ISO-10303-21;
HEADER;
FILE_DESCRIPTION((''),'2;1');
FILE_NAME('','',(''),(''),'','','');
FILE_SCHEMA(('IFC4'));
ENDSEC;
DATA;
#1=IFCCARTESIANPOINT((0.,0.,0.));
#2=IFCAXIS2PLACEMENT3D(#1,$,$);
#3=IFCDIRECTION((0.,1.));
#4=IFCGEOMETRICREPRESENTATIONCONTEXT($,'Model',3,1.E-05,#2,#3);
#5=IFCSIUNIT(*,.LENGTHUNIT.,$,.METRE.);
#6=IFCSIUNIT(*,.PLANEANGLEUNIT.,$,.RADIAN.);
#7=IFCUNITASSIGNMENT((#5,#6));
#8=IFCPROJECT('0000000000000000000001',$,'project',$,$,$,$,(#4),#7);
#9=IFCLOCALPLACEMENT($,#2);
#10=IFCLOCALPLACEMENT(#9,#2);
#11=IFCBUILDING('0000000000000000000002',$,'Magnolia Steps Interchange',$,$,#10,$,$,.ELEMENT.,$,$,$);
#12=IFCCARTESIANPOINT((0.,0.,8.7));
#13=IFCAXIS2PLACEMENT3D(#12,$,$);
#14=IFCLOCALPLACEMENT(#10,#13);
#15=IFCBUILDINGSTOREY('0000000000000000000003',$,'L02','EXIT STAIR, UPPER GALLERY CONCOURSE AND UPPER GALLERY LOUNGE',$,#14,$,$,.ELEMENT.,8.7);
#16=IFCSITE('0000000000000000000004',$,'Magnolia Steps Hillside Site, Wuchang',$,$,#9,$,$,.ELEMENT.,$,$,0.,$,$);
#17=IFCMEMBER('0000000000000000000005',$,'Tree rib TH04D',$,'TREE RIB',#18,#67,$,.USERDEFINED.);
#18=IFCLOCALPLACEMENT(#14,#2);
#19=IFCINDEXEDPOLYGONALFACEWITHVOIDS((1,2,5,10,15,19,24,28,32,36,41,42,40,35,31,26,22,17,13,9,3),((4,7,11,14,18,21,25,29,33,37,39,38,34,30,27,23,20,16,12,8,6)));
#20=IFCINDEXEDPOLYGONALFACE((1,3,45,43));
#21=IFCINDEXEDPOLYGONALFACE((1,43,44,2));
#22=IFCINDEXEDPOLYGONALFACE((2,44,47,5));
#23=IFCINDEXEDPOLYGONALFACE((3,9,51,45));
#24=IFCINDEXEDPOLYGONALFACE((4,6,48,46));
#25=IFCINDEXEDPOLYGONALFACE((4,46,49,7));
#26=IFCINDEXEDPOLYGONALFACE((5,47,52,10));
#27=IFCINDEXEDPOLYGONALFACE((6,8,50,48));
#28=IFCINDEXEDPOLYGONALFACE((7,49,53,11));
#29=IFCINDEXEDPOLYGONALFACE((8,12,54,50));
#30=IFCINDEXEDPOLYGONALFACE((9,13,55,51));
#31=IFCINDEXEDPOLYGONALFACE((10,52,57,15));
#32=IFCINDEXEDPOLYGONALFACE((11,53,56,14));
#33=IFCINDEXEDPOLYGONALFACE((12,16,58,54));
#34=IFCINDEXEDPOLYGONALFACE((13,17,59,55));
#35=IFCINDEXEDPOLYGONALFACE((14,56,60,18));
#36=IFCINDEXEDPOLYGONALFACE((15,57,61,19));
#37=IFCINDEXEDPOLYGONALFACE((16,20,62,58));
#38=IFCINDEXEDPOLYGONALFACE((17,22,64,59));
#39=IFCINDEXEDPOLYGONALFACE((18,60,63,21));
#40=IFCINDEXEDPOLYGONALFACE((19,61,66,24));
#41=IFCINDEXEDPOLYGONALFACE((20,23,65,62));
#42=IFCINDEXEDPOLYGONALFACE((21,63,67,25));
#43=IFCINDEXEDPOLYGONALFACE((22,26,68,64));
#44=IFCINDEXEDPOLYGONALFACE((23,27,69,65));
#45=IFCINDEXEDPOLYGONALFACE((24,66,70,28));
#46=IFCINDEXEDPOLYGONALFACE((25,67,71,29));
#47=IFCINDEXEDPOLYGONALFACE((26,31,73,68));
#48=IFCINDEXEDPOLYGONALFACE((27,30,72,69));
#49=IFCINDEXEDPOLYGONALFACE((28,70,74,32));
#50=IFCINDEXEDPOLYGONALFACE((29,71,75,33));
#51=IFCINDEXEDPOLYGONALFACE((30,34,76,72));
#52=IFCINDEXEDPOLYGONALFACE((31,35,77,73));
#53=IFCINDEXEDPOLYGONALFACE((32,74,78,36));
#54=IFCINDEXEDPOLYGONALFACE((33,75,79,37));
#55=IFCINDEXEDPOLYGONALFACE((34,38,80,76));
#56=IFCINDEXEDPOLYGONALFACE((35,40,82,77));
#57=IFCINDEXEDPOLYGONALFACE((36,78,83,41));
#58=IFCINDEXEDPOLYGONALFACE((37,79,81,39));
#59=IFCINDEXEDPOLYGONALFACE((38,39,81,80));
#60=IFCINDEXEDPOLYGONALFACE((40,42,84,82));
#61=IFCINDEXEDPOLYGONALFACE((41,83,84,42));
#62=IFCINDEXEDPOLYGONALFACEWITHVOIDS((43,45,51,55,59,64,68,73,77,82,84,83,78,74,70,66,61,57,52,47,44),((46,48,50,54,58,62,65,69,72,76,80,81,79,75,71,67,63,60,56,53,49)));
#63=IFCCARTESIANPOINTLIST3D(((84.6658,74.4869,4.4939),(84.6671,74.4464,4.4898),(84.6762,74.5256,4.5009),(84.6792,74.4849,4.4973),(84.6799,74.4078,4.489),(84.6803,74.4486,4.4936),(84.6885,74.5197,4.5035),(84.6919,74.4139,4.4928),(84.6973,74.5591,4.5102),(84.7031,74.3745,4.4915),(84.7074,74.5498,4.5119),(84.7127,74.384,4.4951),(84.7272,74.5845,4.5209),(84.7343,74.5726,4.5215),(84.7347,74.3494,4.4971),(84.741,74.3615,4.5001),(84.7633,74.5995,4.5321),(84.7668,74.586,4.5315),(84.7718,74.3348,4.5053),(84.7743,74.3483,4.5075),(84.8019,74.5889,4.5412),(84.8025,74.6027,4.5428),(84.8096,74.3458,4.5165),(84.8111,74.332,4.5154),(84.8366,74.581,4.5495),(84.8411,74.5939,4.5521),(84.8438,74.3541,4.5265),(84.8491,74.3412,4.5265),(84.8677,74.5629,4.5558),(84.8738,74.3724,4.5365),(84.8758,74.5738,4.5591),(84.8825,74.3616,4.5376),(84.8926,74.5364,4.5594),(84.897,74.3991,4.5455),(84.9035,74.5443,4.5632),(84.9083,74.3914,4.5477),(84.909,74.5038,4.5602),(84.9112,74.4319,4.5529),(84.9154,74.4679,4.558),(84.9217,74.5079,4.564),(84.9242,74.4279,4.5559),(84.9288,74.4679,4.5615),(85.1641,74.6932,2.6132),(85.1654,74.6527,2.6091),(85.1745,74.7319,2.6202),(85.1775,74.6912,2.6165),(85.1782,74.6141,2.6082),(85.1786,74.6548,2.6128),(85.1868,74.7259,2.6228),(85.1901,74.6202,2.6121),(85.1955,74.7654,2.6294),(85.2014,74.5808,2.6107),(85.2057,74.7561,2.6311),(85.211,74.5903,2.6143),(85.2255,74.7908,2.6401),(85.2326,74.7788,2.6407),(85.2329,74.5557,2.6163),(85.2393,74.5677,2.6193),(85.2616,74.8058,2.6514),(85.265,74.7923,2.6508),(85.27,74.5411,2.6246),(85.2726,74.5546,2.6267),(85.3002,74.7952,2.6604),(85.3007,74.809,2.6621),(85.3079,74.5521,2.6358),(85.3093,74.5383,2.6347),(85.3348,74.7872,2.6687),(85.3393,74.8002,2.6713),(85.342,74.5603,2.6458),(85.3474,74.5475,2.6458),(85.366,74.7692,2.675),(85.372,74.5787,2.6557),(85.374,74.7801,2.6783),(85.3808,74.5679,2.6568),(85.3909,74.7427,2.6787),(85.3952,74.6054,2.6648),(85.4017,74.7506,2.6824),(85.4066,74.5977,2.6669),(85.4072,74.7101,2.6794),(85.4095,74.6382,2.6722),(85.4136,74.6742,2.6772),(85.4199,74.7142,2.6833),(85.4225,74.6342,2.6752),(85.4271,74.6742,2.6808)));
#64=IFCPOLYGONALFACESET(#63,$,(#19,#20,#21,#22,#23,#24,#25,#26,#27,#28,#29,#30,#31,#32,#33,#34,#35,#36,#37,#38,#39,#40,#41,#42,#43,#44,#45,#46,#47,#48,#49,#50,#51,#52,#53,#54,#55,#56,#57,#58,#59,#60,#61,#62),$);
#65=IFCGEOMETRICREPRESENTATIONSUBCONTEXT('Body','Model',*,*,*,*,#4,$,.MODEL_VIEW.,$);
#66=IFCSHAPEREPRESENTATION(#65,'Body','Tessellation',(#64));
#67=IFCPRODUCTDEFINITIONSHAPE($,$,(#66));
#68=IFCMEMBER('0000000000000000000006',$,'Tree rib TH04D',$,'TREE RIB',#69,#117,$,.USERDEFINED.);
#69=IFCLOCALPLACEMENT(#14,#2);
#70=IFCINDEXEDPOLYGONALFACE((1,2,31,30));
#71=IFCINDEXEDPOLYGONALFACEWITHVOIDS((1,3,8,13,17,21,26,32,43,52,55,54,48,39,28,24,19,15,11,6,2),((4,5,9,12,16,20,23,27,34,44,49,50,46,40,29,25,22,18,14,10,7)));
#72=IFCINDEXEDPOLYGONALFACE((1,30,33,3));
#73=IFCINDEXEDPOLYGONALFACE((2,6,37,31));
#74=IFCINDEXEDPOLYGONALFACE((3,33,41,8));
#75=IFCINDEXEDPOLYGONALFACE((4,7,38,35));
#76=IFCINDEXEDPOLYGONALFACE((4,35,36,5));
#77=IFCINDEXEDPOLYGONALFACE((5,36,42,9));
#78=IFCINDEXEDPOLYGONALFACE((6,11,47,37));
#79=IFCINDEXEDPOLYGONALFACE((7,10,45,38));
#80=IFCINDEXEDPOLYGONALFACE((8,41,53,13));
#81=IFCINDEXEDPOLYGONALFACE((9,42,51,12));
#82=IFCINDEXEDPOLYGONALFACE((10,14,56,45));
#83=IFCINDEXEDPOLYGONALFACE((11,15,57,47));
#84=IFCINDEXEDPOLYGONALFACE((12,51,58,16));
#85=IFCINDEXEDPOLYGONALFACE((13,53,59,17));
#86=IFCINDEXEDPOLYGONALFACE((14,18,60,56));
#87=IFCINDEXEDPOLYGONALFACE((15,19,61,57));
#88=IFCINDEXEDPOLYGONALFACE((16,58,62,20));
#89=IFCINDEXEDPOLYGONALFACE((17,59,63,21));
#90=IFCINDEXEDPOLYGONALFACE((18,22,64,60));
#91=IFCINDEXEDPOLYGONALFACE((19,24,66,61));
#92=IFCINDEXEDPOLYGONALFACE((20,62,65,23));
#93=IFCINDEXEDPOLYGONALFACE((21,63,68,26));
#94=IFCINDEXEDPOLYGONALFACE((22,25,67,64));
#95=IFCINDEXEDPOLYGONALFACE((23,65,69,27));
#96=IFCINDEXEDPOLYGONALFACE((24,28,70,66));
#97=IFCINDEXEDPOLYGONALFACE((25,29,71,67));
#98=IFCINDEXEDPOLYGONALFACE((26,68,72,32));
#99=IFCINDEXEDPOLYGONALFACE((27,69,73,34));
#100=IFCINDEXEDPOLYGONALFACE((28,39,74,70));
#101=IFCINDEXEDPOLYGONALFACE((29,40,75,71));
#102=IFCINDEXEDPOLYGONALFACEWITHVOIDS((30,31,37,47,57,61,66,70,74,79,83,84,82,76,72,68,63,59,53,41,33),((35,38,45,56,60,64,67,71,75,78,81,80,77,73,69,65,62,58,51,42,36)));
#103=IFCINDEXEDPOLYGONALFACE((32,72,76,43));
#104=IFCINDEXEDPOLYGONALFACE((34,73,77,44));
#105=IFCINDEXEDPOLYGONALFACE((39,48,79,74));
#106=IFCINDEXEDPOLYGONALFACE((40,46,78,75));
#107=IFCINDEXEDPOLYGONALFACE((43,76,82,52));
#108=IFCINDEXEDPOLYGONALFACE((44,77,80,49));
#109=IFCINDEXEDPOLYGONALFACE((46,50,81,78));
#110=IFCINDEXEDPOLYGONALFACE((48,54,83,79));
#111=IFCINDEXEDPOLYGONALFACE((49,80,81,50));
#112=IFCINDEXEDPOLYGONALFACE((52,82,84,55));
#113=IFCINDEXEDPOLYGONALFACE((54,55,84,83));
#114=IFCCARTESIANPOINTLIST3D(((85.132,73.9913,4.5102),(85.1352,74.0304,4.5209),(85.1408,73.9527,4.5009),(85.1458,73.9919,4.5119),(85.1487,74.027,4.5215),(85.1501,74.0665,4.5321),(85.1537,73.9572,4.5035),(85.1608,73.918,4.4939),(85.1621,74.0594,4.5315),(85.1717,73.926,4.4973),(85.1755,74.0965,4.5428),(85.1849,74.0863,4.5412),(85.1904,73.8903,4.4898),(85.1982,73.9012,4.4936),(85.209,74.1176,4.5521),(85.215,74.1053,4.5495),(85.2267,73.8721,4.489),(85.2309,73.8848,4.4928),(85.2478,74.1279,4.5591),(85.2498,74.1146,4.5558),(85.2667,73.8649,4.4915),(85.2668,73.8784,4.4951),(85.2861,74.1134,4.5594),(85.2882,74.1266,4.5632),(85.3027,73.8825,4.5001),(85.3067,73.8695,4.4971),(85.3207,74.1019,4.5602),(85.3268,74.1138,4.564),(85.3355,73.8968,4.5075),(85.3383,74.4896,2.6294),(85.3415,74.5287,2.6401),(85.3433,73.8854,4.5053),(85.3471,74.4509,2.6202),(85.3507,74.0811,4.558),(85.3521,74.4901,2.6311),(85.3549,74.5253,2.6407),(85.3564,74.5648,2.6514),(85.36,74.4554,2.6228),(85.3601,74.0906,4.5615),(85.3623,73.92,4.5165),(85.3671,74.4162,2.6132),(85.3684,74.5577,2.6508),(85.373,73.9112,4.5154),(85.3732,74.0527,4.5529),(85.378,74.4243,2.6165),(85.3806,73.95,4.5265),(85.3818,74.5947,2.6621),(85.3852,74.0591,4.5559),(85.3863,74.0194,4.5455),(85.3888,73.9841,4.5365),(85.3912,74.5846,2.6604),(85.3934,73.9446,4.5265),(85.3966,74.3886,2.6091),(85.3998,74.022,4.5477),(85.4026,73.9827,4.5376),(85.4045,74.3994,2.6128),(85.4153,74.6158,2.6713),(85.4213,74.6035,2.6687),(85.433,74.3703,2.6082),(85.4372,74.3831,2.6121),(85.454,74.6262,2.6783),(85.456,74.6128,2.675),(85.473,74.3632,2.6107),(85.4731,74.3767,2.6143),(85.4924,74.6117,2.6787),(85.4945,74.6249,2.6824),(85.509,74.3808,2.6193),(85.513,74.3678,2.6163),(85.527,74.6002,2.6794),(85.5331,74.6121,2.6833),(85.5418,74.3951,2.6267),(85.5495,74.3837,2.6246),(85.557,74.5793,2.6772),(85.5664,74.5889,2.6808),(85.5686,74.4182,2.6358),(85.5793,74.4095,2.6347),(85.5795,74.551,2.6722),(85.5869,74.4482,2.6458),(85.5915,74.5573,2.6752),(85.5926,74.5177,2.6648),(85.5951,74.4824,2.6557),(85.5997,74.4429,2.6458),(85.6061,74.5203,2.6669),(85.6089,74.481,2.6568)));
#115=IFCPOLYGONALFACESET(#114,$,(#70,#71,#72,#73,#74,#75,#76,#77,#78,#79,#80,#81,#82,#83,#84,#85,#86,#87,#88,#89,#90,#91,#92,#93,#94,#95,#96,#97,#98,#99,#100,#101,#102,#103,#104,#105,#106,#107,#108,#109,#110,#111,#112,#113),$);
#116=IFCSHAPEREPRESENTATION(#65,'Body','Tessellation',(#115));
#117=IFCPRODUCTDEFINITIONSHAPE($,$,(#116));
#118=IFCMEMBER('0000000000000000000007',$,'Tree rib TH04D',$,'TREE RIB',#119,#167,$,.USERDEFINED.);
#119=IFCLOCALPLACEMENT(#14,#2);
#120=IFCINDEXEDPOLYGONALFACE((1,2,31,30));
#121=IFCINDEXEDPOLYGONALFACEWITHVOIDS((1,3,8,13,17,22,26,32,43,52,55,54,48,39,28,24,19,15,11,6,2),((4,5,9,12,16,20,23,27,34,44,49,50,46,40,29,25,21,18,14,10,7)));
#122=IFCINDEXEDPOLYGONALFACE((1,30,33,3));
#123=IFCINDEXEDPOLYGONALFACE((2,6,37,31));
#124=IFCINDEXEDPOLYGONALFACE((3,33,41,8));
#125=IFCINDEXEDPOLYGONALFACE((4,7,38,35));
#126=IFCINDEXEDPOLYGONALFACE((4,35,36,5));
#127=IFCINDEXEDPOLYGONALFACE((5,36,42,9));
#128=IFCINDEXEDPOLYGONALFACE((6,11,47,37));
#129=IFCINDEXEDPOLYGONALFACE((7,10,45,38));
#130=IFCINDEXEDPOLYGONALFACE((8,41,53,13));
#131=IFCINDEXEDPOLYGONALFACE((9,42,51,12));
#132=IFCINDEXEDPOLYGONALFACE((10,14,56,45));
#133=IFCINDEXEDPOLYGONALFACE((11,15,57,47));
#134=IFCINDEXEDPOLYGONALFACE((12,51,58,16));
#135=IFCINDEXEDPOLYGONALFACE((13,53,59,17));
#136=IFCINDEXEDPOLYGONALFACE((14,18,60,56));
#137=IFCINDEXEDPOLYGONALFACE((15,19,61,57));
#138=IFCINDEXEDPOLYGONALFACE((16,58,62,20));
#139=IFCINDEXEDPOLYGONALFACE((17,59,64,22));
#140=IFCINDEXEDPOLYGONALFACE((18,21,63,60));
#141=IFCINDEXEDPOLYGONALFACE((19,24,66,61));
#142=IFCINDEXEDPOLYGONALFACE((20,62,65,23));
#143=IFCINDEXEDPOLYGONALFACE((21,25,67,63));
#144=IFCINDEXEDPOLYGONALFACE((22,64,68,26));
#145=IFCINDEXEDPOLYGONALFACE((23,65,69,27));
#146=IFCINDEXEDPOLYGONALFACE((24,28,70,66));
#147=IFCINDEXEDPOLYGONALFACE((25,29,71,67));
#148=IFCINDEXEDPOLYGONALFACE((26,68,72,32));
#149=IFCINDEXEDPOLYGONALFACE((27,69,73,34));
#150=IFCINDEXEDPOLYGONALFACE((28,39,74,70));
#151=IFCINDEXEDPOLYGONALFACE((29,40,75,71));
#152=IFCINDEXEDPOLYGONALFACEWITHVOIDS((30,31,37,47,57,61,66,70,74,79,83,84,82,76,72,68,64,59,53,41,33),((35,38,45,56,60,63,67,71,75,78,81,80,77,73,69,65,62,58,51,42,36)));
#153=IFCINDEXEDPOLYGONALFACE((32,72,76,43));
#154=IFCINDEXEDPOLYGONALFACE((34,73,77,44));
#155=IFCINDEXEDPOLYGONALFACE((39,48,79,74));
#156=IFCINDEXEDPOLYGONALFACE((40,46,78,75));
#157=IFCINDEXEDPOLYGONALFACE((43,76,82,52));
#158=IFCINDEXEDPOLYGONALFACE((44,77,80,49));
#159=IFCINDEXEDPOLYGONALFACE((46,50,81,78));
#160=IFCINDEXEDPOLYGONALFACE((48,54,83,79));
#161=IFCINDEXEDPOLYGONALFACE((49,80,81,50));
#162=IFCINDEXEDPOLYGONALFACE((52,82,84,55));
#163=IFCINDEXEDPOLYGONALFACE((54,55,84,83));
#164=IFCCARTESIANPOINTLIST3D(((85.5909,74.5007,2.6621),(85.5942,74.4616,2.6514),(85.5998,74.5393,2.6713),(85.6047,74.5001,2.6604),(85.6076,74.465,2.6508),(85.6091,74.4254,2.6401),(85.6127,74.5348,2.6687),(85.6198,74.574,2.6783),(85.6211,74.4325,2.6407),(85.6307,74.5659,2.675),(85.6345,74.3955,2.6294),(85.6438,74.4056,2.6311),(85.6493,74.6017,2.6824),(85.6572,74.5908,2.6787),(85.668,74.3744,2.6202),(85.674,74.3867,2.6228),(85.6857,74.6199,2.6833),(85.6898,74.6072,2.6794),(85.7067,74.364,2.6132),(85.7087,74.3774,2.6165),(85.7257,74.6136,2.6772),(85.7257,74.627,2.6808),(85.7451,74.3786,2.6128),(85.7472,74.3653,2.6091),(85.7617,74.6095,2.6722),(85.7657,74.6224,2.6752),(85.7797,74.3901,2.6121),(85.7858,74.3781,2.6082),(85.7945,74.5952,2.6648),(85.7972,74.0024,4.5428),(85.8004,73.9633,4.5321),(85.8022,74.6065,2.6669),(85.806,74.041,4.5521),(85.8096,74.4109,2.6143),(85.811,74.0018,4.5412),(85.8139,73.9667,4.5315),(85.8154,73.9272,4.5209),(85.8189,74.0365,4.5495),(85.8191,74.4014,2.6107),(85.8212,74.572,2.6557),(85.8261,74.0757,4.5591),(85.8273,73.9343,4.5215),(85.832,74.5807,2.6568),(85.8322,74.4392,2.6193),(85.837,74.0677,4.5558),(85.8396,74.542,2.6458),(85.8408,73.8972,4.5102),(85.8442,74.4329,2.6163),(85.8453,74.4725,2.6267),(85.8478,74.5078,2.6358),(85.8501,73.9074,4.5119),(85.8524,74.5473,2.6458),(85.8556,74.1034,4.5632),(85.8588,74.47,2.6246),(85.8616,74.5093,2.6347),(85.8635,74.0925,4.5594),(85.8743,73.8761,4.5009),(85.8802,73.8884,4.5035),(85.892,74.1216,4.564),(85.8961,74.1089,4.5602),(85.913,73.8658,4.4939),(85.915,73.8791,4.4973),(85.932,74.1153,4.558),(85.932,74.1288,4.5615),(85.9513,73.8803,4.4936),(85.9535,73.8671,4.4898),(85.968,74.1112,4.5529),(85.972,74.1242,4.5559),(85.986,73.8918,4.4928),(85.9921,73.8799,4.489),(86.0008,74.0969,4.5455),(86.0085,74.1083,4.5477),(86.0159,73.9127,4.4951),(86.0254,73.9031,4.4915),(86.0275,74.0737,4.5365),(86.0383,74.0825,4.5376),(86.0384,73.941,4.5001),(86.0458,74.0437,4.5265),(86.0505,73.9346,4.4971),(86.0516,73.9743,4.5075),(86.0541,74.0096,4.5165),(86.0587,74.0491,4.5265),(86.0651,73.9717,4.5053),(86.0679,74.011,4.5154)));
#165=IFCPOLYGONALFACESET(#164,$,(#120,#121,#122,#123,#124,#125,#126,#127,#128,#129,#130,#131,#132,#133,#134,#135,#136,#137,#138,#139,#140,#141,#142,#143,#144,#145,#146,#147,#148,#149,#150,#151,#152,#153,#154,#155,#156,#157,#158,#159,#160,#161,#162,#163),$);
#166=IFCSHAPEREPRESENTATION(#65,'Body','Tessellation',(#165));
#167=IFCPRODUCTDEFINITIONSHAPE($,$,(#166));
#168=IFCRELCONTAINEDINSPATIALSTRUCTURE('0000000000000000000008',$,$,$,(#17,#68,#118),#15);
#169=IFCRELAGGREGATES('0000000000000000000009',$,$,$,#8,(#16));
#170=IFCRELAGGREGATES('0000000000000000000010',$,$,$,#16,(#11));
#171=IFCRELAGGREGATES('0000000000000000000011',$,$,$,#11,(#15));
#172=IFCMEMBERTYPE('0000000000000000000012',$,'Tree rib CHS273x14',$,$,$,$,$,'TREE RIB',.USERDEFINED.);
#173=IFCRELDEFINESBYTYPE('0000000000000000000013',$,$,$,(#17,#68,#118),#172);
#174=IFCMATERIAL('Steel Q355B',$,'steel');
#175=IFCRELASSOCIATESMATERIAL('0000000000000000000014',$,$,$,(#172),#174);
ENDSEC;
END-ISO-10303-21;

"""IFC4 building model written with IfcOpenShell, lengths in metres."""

from ifc_helpers import new_model, si_unit, direction, frame, origin, origin_2d, place, context, subcontext, project, spatial, hollow_circle, extrude, material, material_profile, profile_set, type_object, element, save


model = new_model("IFC4")

# Units and contexts
model_context = context("Model", 3, precision=1e-05, world=origin(), true_north=direction((0.0, 1.0)))
body_context = subcontext(model_context, "Body", "Model", "MODEL_VIEW")
ifc_project = project(units=[si_unit("LENGTHUNIT", "METRE"), si_unit("PLANEANGLEUNIT", "RADIAN")], contexts=[model_context])

# Site, building, storey
site_placement = place(None, origin())
site = spatial("IfcSite", under=ifc_project, at=site_placement, Name="Magnolia Steps Hillside Site, Wuchang", CompositionType="ELEMENT", RefElevation=0.0)
building_placement = place(site_placement, origin())
building = spatial("IfcBuilding", under=site, at=building_placement, Name="Magnolia Steps Interchange", CompositionType="ELEMENT")
storey_placement = place(building_placement, frame((0.0, 0.0, 8.7)))
storey = spatial("IfcBuildingStorey", under=building, at=storey_placement, Name="L02", Description="EXIT STAIR, UPPER GALLERY CONCOURSE AND UPPER GALLERY LOUNGE", CompositionType="ELEMENT", Elevation=8.7)

# Members
ifc_material_1 = material(Name="Steel Q355B", Category="steel")
ifc_material_profile_1 = material_profile(ifc_material_1, hollow_circle(Radius=0.1365, WallThickness=0.0139, at=origin_2d()), Name="CHS273x14")
ifc_profile_set_1 = profile_set([ifc_material_profile_1], Name="Steel Q355B")
member_type_1 = type_object("IfcMemberType", Name="Tree rib CHS273x14", ElementType="TREE RIB", PredefinedType="USERDEFINED", material=ifc_profile_set_1)
for number, where, z_axis, x_axis, name in (
    (1, (85.2952, 74.6736, 2.6458), (-0.254665, -0.105435, 0.961264), (0.382525, -0.923945, 0.0), "Tree rib TH04D"),
    (2, (85.4736, 74.4951, 2.6458), (-0.105435, -0.254665, 0.961264), (0.923945, -0.382525, 0.0), "Tree rib TH04D"),
    (3, (85.7263, 74.4951, 2.6458), (0.105435, -0.254665, 0.961264), (0.923945, 0.382525, 0.0), "Tree rib TH04D"),
):
    element("IfcMember", number, at=place(storey_placement, frame(where, z_axis=z_axis, x_axis=x_axis)), inside=storey, type_object=member_type_1, Name=name, ObjectType="TREE RIB", PredefinedType="USERDEFINED", context=body_context, shape_type="SweptSolid", body=[
        extrude(hollow_circle(Radius=0.1365, WallThickness=0.0139, at=origin_2d()), origin(), (0.0, 0.0, 1.0), 1.9565),
    ])

save(model, "model.ifc")
